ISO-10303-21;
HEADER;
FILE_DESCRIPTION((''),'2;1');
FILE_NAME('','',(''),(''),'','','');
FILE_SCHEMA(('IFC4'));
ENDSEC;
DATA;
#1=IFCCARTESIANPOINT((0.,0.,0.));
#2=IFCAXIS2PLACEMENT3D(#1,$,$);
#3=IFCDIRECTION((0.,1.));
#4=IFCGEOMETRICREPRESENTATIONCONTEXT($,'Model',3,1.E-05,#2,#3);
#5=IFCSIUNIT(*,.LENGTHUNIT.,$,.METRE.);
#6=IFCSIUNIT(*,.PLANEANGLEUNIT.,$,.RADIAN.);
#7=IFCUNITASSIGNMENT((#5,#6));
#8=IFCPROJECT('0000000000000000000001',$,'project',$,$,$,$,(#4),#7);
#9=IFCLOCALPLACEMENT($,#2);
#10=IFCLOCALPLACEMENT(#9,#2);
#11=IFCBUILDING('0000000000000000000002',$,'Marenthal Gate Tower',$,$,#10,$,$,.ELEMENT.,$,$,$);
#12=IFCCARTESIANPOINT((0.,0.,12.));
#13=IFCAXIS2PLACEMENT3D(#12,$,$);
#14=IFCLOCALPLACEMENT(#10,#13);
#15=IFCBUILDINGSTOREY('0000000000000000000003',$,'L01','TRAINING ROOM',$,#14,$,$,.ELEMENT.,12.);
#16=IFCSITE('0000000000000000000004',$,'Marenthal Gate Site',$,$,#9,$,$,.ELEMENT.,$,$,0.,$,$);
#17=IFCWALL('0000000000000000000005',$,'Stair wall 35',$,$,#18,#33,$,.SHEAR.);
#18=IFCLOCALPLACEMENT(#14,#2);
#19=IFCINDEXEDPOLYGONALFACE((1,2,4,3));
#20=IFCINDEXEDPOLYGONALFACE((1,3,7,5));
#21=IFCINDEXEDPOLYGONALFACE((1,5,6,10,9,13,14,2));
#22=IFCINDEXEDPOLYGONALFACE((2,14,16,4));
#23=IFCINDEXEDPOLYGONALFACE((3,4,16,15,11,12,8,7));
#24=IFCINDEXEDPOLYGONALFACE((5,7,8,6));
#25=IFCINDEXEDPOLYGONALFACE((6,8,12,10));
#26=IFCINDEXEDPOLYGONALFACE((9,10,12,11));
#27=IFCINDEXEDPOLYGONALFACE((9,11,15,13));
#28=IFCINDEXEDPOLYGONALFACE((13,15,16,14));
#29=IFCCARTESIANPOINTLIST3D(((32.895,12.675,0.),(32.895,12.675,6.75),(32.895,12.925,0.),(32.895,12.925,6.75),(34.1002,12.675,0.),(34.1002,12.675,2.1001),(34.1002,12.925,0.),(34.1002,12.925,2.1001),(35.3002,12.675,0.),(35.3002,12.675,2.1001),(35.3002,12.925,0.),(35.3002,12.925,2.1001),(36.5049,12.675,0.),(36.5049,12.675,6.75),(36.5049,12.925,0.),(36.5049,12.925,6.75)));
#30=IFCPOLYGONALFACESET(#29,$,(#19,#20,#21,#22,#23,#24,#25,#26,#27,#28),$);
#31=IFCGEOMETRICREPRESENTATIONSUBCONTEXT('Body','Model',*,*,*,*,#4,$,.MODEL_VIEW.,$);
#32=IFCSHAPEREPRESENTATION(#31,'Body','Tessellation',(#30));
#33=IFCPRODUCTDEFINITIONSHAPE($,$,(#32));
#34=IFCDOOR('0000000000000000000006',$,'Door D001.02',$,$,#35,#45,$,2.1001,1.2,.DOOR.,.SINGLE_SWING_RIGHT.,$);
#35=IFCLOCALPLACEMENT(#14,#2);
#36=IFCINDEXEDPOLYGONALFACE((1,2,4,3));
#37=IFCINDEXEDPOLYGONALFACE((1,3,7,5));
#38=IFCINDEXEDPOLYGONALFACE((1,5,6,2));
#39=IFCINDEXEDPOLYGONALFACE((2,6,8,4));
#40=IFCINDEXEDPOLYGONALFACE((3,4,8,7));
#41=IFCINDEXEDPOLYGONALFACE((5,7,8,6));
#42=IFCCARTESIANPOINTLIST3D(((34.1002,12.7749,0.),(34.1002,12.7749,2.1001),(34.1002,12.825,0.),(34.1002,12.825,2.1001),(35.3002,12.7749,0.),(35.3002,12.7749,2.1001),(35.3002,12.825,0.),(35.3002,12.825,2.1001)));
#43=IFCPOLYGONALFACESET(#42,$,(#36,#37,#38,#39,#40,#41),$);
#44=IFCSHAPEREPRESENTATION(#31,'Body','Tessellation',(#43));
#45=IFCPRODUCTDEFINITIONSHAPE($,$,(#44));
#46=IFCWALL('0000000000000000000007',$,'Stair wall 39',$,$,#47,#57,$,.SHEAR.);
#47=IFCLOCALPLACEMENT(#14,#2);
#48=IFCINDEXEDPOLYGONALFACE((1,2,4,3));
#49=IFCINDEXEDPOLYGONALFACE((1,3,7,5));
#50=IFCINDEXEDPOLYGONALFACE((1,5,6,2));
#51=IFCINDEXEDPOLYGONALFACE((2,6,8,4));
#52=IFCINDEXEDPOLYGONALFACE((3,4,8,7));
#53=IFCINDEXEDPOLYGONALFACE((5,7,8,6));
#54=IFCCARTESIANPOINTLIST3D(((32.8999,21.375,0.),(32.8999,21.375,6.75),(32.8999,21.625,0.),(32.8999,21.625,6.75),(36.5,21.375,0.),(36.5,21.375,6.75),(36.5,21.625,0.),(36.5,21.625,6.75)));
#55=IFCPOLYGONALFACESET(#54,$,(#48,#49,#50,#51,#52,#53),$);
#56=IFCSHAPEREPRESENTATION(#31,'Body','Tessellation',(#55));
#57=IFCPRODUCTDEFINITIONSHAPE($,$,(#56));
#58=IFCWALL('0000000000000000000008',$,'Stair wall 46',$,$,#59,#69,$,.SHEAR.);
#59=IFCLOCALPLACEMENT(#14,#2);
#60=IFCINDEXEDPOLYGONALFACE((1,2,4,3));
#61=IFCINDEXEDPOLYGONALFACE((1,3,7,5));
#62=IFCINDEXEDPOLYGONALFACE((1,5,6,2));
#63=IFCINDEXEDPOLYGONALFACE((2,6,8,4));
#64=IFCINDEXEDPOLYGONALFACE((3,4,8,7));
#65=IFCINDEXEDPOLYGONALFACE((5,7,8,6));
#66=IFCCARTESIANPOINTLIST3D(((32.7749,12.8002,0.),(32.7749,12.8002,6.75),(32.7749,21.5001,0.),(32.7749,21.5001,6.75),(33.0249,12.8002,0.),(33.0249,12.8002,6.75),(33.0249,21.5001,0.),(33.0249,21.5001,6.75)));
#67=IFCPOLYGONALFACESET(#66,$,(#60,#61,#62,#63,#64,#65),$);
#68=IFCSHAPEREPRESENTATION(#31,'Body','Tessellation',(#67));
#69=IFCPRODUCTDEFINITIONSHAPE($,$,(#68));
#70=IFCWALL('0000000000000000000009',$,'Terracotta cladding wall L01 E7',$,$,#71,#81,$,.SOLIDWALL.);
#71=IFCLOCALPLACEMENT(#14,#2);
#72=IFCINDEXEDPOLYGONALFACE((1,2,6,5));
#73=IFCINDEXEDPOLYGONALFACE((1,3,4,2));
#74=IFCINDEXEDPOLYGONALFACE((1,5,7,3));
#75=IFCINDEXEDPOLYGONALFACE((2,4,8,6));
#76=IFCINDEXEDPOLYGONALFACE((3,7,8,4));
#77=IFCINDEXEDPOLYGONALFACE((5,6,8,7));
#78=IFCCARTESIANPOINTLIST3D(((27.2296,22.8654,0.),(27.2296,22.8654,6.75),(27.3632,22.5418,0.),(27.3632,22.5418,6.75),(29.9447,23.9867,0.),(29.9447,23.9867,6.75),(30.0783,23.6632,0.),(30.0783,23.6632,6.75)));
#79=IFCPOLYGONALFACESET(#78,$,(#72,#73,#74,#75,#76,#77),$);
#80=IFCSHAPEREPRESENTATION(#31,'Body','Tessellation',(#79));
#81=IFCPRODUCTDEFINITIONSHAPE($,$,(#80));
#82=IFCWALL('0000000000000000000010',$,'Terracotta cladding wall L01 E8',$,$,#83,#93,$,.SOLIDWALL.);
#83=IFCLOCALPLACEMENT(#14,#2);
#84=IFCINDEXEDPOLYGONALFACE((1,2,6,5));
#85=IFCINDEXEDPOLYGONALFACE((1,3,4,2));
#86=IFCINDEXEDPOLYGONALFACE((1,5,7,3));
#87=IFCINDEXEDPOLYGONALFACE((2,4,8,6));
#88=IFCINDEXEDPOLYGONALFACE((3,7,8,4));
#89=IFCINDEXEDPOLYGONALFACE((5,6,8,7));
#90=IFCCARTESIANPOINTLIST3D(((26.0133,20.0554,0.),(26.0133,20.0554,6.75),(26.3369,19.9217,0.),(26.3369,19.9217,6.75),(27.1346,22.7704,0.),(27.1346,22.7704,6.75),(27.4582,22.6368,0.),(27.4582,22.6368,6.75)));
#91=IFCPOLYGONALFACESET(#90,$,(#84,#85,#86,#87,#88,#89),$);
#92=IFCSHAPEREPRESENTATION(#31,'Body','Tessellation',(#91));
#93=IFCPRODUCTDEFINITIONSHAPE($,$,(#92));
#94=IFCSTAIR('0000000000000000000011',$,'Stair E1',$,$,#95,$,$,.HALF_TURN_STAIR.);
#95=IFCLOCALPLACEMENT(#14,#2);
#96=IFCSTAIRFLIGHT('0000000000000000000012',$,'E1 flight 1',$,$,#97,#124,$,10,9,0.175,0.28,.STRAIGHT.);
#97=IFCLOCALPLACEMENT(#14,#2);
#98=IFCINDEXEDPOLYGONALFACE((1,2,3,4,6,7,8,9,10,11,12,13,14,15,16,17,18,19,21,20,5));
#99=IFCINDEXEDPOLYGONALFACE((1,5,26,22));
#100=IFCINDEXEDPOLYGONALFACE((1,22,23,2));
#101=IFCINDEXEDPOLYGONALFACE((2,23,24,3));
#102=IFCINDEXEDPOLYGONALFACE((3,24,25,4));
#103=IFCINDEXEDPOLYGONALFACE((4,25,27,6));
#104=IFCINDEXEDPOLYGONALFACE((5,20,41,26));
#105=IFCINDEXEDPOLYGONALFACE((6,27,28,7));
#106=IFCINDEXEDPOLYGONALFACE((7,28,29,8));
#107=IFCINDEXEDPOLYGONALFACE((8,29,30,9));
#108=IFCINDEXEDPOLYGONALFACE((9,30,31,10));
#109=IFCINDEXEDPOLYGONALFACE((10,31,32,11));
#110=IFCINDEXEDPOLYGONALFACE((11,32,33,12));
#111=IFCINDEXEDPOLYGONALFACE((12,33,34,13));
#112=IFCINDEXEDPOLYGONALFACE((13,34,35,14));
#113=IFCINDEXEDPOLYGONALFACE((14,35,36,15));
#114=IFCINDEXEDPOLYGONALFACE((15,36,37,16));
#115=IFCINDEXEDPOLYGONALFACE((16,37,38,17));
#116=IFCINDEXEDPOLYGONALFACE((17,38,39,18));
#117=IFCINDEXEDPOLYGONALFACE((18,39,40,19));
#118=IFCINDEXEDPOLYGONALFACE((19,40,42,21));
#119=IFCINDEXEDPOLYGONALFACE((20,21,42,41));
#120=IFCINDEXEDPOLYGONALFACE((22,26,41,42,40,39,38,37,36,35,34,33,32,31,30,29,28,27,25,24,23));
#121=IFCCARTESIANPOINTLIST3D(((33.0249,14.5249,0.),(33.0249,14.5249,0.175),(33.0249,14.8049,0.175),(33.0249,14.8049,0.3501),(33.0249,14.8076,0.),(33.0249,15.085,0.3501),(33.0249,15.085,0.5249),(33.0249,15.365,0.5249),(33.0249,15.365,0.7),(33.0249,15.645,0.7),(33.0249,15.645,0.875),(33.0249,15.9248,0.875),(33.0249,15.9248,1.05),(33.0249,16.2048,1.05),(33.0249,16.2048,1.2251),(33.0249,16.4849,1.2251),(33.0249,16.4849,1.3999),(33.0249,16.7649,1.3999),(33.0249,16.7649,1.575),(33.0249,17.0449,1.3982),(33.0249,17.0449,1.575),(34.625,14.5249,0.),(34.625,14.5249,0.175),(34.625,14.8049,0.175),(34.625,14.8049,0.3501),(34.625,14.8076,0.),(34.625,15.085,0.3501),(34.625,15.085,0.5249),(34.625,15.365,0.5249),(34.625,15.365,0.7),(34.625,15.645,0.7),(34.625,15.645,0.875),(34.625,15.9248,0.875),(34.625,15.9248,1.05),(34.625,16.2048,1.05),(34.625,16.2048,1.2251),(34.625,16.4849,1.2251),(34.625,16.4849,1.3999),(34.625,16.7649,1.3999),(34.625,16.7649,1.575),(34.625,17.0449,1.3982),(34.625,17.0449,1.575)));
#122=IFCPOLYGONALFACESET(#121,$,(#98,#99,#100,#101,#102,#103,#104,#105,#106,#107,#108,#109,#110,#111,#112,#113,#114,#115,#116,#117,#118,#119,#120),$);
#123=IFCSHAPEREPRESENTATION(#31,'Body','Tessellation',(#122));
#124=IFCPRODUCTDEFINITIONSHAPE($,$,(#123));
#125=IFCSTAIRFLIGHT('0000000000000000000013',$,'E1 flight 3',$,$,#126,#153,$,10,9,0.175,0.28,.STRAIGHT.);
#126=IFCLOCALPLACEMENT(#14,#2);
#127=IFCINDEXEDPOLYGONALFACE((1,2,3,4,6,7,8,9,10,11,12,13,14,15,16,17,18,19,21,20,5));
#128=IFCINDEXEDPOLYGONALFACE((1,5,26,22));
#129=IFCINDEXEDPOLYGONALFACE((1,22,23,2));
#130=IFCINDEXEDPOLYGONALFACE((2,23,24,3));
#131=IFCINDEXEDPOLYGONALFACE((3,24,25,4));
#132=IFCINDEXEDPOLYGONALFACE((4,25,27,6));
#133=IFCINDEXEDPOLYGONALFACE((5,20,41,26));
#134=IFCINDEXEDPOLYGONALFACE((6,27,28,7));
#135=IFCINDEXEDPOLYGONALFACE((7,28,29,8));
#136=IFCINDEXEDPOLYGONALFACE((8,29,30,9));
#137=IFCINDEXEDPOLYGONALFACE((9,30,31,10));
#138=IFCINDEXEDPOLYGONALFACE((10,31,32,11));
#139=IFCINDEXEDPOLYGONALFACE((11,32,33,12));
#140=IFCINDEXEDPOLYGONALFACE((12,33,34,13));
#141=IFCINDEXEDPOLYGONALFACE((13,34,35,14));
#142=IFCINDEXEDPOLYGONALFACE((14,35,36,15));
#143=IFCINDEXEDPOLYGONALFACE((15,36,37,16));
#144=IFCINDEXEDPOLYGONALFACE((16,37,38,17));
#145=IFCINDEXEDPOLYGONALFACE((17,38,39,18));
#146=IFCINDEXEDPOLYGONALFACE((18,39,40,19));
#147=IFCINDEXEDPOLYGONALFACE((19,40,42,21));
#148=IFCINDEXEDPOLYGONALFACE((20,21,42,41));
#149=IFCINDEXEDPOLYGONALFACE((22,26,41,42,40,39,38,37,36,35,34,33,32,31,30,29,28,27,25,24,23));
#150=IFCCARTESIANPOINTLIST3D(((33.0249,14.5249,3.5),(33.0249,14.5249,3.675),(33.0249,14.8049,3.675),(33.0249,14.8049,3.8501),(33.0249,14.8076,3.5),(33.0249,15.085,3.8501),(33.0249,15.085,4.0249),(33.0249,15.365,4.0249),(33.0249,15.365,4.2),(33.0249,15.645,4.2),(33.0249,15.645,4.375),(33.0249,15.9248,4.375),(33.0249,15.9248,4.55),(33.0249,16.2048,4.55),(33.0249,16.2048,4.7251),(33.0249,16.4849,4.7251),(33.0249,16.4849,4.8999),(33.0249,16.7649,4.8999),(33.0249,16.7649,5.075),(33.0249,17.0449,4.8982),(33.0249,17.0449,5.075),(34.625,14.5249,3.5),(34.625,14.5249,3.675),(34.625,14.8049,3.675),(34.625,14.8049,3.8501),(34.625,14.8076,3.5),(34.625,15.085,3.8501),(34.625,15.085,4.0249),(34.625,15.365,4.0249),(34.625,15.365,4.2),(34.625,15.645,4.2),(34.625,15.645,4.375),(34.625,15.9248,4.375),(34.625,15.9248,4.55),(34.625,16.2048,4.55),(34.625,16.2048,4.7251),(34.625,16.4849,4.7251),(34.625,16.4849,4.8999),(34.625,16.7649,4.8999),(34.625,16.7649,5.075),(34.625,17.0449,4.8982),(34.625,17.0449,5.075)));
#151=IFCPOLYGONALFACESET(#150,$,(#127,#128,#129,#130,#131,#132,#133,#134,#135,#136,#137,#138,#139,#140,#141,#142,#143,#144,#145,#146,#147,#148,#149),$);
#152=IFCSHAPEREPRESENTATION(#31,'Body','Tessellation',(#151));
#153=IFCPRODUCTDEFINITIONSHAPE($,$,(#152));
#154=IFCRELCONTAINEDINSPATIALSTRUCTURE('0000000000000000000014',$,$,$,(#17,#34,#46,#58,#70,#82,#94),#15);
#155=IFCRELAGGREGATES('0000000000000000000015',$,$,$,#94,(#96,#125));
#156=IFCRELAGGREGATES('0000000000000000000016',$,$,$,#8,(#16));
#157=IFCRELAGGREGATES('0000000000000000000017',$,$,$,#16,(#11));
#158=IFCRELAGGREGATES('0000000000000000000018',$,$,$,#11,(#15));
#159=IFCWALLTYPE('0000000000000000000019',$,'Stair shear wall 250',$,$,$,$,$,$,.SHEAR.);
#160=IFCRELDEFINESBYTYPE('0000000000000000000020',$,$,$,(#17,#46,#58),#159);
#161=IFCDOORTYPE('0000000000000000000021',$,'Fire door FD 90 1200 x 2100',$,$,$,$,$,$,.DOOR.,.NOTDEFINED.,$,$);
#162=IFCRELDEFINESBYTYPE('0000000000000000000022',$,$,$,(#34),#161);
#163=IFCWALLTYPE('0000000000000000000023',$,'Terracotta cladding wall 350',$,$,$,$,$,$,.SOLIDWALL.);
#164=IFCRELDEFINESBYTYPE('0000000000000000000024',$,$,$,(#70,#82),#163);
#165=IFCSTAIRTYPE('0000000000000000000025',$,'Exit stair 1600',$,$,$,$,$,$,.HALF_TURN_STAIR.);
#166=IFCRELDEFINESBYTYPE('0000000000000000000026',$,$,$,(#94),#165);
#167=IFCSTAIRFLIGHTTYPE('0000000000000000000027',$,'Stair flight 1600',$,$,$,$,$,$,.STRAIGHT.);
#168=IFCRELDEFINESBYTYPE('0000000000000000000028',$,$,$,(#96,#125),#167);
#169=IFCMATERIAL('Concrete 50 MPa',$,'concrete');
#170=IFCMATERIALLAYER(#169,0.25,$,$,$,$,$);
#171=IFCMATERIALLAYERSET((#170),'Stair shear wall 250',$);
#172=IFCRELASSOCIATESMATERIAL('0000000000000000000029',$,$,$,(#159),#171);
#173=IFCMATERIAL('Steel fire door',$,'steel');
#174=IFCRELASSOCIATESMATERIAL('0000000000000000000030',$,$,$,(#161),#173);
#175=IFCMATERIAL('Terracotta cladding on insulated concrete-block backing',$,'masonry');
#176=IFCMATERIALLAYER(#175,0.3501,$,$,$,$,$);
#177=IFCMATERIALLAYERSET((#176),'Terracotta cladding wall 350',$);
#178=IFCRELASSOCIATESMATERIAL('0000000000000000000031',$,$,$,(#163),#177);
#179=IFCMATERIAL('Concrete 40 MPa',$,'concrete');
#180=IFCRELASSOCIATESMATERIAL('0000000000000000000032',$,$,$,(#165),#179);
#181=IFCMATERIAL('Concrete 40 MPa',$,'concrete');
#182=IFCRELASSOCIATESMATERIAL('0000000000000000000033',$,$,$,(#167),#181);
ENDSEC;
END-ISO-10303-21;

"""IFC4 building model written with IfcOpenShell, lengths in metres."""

from ifc_helpers import new_model, si_unit, direction, frame, frame_2d, origin, place, context, subcontext, project, spatial, polyline, rectangle, outline, extrude, material, layer, layer_set, type_object, element, fill, aggregate, save


model = new_model("IFC4")

# Units and contexts
model_context = context("Model", 3, precision=1e-05, world=origin(), true_north=direction((0.0, 1.0)))
body_context = subcontext(model_context, "Body", "Model", "MODEL_VIEW")
ifc_project = project(units=[si_unit("LENGTHUNIT", "METRE"), si_unit("PLANEANGLEUNIT", "RADIAN")], contexts=[model_context])

# Site, building, storey
site_placement = place(None, origin())
site = spatial("IfcSite", under=ifc_project, at=site_placement, Name="Marenthal Gate Site", CompositionType="ELEMENT", RefElevation=0.0)
building_placement = place(site_placement, origin())
building = spatial("IfcBuilding", under=site, at=building_placement, Name="Marenthal Gate Tower", CompositionType="ELEMENT")
storey_placement = place(building_placement, frame((0.0, 0.0, 12.0)))
storey = spatial("IfcBuildingStorey", under=building, at=storey_placement, Name="L01", Description="TRAINING ROOM", CompositionType="ELEMENT", Elevation=12.0)

# Wall, opening, door
ifc_material_1 = material(Name="Concrete 50 MPa", Category="concrete")
ifc_layer_1 = layer(ifc_material_1, 0.25)
ifc_layer_set_1 = layer_set([ifc_layer_1], Name="Stair shear wall 250")
wall_type_1 = type_object("IfcWallType", Name="Stair shear wall 250", PredefinedType="SHEAR", material=ifc_layer_set_1)
wall_1_placement = place(storey_placement, frame((32.895, 12.8, 0.0), z_axis=(0.0, 0.0, 1.0), x_axis=(1.0, 0.0, 0.0)))
wall_1 = element("IfcWall", 1, at=wall_1_placement, inside=storey, type_object=wall_type_1, Name="Stair wall 35", PredefinedType="SHEAR", context=body_context, shape_type="SweptSolid", body=[
    extrude(rectangle(XDim=3.6099, YDim=0.25, at=frame_2d((1.8049, 0.0))), origin(), (0.0, 0.0, 1.0), 6.75),
])
opening_1_placement = place(wall_1_placement, frame((1.2051, 0.0, 0.0)))
opening_1 = element("IfcOpeningElement", 2, at=opening_1_placement, cuts=wall_1, PredefinedType="OPENING", context=body_context, shape_type="SweptSolid", body=[
    extrude(rectangle(XDim=1.2, YDim=2.1001, at=frame_2d((0.6001, 1.05))), frame((0.0, 0.135, 0.0), z_axis=(0.0, -1.0, 0.0), x_axis=(1.0, 0.0, 0.0)), (0.0, 0.0, 1.0), 0.27),
])
ifc_material_2 = material(Name="Steel fire door", Category="steel")
door_type_1 = type_object("IfcDoorType", Name="Fire door FD 90 1200 x 2100", OperationType="NOTDEFINED", PredefinedType="DOOR", material=ifc_material_2)
door_1_placement = place(opening_1_placement, origin())
door_1 = element("IfcDoor", 3, at=door_1_placement, inside=storey, type_object=door_type_1, Name="Door D001.02", OperationType="SINGLE_SWING_RIGHT", OverallHeight=2.1001, OverallWidth=1.2, PredefinedType="DOOR", context=body_context, shape_type="SweptSolid", body=[
    extrude(rectangle(XDim=1.2, YDim=2.1001, at=frame_2d((0.6001, 1.05))), frame((0.0, 0.0249, 0.0), z_axis=(0.0, -1.0, 0.0), x_axis=(1.0, 0.0, 0.0)), (0.0, 0.0, 1.0), 0.05),
])
fill(opening_1, door_1)

# Walls
wall_2_placement = place(storey_placement, frame((32.8999, 21.5, 0.0), z_axis=(0.0, 0.0, 1.0), x_axis=(1.0, 0.0, 0.0)))
element("IfcWall", 4, at=wall_2_placement, inside=storey, type_object=wall_type_1, Name="Stair wall 39", PredefinedType="SHEAR", context=body_context, shape_type="SweptSolid", body=[
    extrude(rectangle(XDim=3.6001, YDim=0.25, at=frame_2d((1.8, 0.0))), origin(), (0.0, 0.0, 1.0), 6.75),
])
wall_3_placement = place(storey_placement, frame((32.8999, 12.8, 0.0), z_axis=(0.0, 0.0, 1.0), x_axis=(0.0, 1.0, 0.0)))
element("IfcWall", 5, at=wall_3_placement, inside=storey, type_object=wall_type_1, Name="Stair wall 46", PredefinedType="SHEAR", context=body_context, shape_type="SweptSolid", body=[
    extrude(rectangle(XDim=8.7, YDim=0.25, at=frame_2d((4.3501, 0.0))), origin(), (0.0, 0.0, 1.0), 6.75),
])
ifc_material_3 = material(Name="Terracotta cladding on insulated concrete-block backing", Category="masonry")
ifc_layer_2 = layer(ifc_material_3, 0.3501)
ifc_layer_set_2 = layer_set([ifc_layer_2], Name="Terracotta cladding wall 350")
wall_type_2 = type_object("IfcWallType", Name="Terracotta cladding wall 350", PredefinedType="SOLIDWALL", material=ifc_layer_set_2)
for number, where, z_axis, x_axis, name in (
    (6, (30.0115, 23.825, 0.0), (0.0, 0.0, 1.0), (-0.924275, -0.381728, 0.0), "Terracotta cladding wall L01 E7"),
    (7, (27.2964, 22.7036, 0.0), (0.0, 0.0, 1.0), (-0.381728, -0.924275, 0.0), "Terracotta cladding wall L01 E8"),
):
    element("IfcWall", number, at=place(storey_placement, frame(where, z_axis=z_axis, x_axis=x_axis)), inside=storey, type_object=wall_type_2, Name=name, PredefinedType="SOLIDWALL", context=body_context, shape_type="SweptSolid", body=[
        extrude(rectangle(XDim=2.9375, YDim=0.3501, at=frame_2d((1.4688, 0.0))), origin(), (0.0, 0.0, 1.0), 6.75),
    ])

# Stair, stair flights
ifc_material_4 = material(Name="Concrete 40 MPa", Category="concrete")
stair_type = type_object("IfcStairType", Name="Exit stair 1600", PredefinedType="HALF_TURN_STAIR", material=ifc_material_4)
stair_placement = place(storey_placement, origin())
stair = element("IfcStair", 8, at=stair_placement, inside=storey, type_object=stair_type, Name="Stair E1", PredefinedType="HALF_TURN_STAIR")
ifc_material_5 = material(Name="Concrete 40 MPa", Category="concrete")
stair_flight_type = type_object("IfcStairFlightType", Name="Stair flight 1600", PredefinedType="STRAIGHT", material=ifc_material_5)
stair_flight_1_placement = place(storey_placement, frame((33.825, 14.5249, 0.0), z_axis=(0.0, 0.0, 1.0), x_axis=(0.0, 1.0, 0.0)))
stair_flight_1 = element("IfcStairFlight", 9, at=stair_flight_1_placement, type_object=stair_flight_type, Name="E1 flight 1", NumberOfRisers=10, NumberOfTreads=9, PredefinedType="STRAIGHT", RiserHeight=0.175, TreadLength=0.28, context=body_context, shape_type="SweptSolid", body=[
    extrude(outline(polyline([(0.0, 0.0), (0.0, 0.175), (0.28, 0.175), (0.28, 0.3501), (0.5601, 0.3501), (0.5601, 0.5249), (0.8401, 0.5249), (0.8401, 0.7), (1.1201, 0.7), (1.1201, 0.875), (1.3999, 0.875), (1.3999, 1.05), (1.6799, 1.05), (1.6799, 1.2251), (1.96, 1.2251), (1.96, 1.3999), (2.24, 1.3999), (2.24, 1.575), (2.52, 1.575), (2.52, 1.75), (2.52, 1.3982), (0.2827, 0.0), (0.0, 0.0)])), frame((0.0, 0.8, 0.0), z_axis=(0.0, -1.0, 0.0), x_axis=(1.0, 0.0, 0.0)), (0.0, 0.0, 1.0), 1.6001),
])
stair_flight_2_placement = place(storey_placement, frame((33.825, 14.5249, 3.5), z_axis=(0.0, 0.0, 1.0), x_axis=(0.0, 1.0, 0.0)))
stair_flight_2 = element("IfcStairFlight", 10, at=stair_flight_2_placement, type_object=stair_flight_type, Name="E1 flight 3", NumberOfRisers=10, NumberOfTreads=9, PredefinedType="STRAIGHT", RiserHeight=0.175, TreadLength=0.28, context=body_context, shape_type="SweptSolid", body=[
    extrude(outline(polyline([(0.0, 0.0), (0.0, 0.175), (0.28, 0.175), (0.28, 0.3501), (0.5601, 0.3501), (0.5601, 0.5249), (0.8401, 0.5249), (0.8401, 0.7), (1.1201, 0.7), (1.1201, 0.875), (1.3999, 0.875), (1.3999, 1.05), (1.6799, 1.05), (1.6799, 1.2251), (1.96, 1.2251), (1.96, 1.3999), (2.24, 1.3999), (2.24, 1.575), (2.52, 1.575), (2.52, 1.75), (2.52, 1.3982), (0.2827, 0.0), (0.0, 0.0)])), frame((0.0, 0.8, 0.0), z_axis=(0.0, -1.0, 0.0), x_axis=(1.0, 0.0, 0.0)), (0.0, 0.0, 1.0), 1.6001),
])
aggregate(stair, [stair_flight_1, stair_flight_2])

save(model, "model.ifc")
